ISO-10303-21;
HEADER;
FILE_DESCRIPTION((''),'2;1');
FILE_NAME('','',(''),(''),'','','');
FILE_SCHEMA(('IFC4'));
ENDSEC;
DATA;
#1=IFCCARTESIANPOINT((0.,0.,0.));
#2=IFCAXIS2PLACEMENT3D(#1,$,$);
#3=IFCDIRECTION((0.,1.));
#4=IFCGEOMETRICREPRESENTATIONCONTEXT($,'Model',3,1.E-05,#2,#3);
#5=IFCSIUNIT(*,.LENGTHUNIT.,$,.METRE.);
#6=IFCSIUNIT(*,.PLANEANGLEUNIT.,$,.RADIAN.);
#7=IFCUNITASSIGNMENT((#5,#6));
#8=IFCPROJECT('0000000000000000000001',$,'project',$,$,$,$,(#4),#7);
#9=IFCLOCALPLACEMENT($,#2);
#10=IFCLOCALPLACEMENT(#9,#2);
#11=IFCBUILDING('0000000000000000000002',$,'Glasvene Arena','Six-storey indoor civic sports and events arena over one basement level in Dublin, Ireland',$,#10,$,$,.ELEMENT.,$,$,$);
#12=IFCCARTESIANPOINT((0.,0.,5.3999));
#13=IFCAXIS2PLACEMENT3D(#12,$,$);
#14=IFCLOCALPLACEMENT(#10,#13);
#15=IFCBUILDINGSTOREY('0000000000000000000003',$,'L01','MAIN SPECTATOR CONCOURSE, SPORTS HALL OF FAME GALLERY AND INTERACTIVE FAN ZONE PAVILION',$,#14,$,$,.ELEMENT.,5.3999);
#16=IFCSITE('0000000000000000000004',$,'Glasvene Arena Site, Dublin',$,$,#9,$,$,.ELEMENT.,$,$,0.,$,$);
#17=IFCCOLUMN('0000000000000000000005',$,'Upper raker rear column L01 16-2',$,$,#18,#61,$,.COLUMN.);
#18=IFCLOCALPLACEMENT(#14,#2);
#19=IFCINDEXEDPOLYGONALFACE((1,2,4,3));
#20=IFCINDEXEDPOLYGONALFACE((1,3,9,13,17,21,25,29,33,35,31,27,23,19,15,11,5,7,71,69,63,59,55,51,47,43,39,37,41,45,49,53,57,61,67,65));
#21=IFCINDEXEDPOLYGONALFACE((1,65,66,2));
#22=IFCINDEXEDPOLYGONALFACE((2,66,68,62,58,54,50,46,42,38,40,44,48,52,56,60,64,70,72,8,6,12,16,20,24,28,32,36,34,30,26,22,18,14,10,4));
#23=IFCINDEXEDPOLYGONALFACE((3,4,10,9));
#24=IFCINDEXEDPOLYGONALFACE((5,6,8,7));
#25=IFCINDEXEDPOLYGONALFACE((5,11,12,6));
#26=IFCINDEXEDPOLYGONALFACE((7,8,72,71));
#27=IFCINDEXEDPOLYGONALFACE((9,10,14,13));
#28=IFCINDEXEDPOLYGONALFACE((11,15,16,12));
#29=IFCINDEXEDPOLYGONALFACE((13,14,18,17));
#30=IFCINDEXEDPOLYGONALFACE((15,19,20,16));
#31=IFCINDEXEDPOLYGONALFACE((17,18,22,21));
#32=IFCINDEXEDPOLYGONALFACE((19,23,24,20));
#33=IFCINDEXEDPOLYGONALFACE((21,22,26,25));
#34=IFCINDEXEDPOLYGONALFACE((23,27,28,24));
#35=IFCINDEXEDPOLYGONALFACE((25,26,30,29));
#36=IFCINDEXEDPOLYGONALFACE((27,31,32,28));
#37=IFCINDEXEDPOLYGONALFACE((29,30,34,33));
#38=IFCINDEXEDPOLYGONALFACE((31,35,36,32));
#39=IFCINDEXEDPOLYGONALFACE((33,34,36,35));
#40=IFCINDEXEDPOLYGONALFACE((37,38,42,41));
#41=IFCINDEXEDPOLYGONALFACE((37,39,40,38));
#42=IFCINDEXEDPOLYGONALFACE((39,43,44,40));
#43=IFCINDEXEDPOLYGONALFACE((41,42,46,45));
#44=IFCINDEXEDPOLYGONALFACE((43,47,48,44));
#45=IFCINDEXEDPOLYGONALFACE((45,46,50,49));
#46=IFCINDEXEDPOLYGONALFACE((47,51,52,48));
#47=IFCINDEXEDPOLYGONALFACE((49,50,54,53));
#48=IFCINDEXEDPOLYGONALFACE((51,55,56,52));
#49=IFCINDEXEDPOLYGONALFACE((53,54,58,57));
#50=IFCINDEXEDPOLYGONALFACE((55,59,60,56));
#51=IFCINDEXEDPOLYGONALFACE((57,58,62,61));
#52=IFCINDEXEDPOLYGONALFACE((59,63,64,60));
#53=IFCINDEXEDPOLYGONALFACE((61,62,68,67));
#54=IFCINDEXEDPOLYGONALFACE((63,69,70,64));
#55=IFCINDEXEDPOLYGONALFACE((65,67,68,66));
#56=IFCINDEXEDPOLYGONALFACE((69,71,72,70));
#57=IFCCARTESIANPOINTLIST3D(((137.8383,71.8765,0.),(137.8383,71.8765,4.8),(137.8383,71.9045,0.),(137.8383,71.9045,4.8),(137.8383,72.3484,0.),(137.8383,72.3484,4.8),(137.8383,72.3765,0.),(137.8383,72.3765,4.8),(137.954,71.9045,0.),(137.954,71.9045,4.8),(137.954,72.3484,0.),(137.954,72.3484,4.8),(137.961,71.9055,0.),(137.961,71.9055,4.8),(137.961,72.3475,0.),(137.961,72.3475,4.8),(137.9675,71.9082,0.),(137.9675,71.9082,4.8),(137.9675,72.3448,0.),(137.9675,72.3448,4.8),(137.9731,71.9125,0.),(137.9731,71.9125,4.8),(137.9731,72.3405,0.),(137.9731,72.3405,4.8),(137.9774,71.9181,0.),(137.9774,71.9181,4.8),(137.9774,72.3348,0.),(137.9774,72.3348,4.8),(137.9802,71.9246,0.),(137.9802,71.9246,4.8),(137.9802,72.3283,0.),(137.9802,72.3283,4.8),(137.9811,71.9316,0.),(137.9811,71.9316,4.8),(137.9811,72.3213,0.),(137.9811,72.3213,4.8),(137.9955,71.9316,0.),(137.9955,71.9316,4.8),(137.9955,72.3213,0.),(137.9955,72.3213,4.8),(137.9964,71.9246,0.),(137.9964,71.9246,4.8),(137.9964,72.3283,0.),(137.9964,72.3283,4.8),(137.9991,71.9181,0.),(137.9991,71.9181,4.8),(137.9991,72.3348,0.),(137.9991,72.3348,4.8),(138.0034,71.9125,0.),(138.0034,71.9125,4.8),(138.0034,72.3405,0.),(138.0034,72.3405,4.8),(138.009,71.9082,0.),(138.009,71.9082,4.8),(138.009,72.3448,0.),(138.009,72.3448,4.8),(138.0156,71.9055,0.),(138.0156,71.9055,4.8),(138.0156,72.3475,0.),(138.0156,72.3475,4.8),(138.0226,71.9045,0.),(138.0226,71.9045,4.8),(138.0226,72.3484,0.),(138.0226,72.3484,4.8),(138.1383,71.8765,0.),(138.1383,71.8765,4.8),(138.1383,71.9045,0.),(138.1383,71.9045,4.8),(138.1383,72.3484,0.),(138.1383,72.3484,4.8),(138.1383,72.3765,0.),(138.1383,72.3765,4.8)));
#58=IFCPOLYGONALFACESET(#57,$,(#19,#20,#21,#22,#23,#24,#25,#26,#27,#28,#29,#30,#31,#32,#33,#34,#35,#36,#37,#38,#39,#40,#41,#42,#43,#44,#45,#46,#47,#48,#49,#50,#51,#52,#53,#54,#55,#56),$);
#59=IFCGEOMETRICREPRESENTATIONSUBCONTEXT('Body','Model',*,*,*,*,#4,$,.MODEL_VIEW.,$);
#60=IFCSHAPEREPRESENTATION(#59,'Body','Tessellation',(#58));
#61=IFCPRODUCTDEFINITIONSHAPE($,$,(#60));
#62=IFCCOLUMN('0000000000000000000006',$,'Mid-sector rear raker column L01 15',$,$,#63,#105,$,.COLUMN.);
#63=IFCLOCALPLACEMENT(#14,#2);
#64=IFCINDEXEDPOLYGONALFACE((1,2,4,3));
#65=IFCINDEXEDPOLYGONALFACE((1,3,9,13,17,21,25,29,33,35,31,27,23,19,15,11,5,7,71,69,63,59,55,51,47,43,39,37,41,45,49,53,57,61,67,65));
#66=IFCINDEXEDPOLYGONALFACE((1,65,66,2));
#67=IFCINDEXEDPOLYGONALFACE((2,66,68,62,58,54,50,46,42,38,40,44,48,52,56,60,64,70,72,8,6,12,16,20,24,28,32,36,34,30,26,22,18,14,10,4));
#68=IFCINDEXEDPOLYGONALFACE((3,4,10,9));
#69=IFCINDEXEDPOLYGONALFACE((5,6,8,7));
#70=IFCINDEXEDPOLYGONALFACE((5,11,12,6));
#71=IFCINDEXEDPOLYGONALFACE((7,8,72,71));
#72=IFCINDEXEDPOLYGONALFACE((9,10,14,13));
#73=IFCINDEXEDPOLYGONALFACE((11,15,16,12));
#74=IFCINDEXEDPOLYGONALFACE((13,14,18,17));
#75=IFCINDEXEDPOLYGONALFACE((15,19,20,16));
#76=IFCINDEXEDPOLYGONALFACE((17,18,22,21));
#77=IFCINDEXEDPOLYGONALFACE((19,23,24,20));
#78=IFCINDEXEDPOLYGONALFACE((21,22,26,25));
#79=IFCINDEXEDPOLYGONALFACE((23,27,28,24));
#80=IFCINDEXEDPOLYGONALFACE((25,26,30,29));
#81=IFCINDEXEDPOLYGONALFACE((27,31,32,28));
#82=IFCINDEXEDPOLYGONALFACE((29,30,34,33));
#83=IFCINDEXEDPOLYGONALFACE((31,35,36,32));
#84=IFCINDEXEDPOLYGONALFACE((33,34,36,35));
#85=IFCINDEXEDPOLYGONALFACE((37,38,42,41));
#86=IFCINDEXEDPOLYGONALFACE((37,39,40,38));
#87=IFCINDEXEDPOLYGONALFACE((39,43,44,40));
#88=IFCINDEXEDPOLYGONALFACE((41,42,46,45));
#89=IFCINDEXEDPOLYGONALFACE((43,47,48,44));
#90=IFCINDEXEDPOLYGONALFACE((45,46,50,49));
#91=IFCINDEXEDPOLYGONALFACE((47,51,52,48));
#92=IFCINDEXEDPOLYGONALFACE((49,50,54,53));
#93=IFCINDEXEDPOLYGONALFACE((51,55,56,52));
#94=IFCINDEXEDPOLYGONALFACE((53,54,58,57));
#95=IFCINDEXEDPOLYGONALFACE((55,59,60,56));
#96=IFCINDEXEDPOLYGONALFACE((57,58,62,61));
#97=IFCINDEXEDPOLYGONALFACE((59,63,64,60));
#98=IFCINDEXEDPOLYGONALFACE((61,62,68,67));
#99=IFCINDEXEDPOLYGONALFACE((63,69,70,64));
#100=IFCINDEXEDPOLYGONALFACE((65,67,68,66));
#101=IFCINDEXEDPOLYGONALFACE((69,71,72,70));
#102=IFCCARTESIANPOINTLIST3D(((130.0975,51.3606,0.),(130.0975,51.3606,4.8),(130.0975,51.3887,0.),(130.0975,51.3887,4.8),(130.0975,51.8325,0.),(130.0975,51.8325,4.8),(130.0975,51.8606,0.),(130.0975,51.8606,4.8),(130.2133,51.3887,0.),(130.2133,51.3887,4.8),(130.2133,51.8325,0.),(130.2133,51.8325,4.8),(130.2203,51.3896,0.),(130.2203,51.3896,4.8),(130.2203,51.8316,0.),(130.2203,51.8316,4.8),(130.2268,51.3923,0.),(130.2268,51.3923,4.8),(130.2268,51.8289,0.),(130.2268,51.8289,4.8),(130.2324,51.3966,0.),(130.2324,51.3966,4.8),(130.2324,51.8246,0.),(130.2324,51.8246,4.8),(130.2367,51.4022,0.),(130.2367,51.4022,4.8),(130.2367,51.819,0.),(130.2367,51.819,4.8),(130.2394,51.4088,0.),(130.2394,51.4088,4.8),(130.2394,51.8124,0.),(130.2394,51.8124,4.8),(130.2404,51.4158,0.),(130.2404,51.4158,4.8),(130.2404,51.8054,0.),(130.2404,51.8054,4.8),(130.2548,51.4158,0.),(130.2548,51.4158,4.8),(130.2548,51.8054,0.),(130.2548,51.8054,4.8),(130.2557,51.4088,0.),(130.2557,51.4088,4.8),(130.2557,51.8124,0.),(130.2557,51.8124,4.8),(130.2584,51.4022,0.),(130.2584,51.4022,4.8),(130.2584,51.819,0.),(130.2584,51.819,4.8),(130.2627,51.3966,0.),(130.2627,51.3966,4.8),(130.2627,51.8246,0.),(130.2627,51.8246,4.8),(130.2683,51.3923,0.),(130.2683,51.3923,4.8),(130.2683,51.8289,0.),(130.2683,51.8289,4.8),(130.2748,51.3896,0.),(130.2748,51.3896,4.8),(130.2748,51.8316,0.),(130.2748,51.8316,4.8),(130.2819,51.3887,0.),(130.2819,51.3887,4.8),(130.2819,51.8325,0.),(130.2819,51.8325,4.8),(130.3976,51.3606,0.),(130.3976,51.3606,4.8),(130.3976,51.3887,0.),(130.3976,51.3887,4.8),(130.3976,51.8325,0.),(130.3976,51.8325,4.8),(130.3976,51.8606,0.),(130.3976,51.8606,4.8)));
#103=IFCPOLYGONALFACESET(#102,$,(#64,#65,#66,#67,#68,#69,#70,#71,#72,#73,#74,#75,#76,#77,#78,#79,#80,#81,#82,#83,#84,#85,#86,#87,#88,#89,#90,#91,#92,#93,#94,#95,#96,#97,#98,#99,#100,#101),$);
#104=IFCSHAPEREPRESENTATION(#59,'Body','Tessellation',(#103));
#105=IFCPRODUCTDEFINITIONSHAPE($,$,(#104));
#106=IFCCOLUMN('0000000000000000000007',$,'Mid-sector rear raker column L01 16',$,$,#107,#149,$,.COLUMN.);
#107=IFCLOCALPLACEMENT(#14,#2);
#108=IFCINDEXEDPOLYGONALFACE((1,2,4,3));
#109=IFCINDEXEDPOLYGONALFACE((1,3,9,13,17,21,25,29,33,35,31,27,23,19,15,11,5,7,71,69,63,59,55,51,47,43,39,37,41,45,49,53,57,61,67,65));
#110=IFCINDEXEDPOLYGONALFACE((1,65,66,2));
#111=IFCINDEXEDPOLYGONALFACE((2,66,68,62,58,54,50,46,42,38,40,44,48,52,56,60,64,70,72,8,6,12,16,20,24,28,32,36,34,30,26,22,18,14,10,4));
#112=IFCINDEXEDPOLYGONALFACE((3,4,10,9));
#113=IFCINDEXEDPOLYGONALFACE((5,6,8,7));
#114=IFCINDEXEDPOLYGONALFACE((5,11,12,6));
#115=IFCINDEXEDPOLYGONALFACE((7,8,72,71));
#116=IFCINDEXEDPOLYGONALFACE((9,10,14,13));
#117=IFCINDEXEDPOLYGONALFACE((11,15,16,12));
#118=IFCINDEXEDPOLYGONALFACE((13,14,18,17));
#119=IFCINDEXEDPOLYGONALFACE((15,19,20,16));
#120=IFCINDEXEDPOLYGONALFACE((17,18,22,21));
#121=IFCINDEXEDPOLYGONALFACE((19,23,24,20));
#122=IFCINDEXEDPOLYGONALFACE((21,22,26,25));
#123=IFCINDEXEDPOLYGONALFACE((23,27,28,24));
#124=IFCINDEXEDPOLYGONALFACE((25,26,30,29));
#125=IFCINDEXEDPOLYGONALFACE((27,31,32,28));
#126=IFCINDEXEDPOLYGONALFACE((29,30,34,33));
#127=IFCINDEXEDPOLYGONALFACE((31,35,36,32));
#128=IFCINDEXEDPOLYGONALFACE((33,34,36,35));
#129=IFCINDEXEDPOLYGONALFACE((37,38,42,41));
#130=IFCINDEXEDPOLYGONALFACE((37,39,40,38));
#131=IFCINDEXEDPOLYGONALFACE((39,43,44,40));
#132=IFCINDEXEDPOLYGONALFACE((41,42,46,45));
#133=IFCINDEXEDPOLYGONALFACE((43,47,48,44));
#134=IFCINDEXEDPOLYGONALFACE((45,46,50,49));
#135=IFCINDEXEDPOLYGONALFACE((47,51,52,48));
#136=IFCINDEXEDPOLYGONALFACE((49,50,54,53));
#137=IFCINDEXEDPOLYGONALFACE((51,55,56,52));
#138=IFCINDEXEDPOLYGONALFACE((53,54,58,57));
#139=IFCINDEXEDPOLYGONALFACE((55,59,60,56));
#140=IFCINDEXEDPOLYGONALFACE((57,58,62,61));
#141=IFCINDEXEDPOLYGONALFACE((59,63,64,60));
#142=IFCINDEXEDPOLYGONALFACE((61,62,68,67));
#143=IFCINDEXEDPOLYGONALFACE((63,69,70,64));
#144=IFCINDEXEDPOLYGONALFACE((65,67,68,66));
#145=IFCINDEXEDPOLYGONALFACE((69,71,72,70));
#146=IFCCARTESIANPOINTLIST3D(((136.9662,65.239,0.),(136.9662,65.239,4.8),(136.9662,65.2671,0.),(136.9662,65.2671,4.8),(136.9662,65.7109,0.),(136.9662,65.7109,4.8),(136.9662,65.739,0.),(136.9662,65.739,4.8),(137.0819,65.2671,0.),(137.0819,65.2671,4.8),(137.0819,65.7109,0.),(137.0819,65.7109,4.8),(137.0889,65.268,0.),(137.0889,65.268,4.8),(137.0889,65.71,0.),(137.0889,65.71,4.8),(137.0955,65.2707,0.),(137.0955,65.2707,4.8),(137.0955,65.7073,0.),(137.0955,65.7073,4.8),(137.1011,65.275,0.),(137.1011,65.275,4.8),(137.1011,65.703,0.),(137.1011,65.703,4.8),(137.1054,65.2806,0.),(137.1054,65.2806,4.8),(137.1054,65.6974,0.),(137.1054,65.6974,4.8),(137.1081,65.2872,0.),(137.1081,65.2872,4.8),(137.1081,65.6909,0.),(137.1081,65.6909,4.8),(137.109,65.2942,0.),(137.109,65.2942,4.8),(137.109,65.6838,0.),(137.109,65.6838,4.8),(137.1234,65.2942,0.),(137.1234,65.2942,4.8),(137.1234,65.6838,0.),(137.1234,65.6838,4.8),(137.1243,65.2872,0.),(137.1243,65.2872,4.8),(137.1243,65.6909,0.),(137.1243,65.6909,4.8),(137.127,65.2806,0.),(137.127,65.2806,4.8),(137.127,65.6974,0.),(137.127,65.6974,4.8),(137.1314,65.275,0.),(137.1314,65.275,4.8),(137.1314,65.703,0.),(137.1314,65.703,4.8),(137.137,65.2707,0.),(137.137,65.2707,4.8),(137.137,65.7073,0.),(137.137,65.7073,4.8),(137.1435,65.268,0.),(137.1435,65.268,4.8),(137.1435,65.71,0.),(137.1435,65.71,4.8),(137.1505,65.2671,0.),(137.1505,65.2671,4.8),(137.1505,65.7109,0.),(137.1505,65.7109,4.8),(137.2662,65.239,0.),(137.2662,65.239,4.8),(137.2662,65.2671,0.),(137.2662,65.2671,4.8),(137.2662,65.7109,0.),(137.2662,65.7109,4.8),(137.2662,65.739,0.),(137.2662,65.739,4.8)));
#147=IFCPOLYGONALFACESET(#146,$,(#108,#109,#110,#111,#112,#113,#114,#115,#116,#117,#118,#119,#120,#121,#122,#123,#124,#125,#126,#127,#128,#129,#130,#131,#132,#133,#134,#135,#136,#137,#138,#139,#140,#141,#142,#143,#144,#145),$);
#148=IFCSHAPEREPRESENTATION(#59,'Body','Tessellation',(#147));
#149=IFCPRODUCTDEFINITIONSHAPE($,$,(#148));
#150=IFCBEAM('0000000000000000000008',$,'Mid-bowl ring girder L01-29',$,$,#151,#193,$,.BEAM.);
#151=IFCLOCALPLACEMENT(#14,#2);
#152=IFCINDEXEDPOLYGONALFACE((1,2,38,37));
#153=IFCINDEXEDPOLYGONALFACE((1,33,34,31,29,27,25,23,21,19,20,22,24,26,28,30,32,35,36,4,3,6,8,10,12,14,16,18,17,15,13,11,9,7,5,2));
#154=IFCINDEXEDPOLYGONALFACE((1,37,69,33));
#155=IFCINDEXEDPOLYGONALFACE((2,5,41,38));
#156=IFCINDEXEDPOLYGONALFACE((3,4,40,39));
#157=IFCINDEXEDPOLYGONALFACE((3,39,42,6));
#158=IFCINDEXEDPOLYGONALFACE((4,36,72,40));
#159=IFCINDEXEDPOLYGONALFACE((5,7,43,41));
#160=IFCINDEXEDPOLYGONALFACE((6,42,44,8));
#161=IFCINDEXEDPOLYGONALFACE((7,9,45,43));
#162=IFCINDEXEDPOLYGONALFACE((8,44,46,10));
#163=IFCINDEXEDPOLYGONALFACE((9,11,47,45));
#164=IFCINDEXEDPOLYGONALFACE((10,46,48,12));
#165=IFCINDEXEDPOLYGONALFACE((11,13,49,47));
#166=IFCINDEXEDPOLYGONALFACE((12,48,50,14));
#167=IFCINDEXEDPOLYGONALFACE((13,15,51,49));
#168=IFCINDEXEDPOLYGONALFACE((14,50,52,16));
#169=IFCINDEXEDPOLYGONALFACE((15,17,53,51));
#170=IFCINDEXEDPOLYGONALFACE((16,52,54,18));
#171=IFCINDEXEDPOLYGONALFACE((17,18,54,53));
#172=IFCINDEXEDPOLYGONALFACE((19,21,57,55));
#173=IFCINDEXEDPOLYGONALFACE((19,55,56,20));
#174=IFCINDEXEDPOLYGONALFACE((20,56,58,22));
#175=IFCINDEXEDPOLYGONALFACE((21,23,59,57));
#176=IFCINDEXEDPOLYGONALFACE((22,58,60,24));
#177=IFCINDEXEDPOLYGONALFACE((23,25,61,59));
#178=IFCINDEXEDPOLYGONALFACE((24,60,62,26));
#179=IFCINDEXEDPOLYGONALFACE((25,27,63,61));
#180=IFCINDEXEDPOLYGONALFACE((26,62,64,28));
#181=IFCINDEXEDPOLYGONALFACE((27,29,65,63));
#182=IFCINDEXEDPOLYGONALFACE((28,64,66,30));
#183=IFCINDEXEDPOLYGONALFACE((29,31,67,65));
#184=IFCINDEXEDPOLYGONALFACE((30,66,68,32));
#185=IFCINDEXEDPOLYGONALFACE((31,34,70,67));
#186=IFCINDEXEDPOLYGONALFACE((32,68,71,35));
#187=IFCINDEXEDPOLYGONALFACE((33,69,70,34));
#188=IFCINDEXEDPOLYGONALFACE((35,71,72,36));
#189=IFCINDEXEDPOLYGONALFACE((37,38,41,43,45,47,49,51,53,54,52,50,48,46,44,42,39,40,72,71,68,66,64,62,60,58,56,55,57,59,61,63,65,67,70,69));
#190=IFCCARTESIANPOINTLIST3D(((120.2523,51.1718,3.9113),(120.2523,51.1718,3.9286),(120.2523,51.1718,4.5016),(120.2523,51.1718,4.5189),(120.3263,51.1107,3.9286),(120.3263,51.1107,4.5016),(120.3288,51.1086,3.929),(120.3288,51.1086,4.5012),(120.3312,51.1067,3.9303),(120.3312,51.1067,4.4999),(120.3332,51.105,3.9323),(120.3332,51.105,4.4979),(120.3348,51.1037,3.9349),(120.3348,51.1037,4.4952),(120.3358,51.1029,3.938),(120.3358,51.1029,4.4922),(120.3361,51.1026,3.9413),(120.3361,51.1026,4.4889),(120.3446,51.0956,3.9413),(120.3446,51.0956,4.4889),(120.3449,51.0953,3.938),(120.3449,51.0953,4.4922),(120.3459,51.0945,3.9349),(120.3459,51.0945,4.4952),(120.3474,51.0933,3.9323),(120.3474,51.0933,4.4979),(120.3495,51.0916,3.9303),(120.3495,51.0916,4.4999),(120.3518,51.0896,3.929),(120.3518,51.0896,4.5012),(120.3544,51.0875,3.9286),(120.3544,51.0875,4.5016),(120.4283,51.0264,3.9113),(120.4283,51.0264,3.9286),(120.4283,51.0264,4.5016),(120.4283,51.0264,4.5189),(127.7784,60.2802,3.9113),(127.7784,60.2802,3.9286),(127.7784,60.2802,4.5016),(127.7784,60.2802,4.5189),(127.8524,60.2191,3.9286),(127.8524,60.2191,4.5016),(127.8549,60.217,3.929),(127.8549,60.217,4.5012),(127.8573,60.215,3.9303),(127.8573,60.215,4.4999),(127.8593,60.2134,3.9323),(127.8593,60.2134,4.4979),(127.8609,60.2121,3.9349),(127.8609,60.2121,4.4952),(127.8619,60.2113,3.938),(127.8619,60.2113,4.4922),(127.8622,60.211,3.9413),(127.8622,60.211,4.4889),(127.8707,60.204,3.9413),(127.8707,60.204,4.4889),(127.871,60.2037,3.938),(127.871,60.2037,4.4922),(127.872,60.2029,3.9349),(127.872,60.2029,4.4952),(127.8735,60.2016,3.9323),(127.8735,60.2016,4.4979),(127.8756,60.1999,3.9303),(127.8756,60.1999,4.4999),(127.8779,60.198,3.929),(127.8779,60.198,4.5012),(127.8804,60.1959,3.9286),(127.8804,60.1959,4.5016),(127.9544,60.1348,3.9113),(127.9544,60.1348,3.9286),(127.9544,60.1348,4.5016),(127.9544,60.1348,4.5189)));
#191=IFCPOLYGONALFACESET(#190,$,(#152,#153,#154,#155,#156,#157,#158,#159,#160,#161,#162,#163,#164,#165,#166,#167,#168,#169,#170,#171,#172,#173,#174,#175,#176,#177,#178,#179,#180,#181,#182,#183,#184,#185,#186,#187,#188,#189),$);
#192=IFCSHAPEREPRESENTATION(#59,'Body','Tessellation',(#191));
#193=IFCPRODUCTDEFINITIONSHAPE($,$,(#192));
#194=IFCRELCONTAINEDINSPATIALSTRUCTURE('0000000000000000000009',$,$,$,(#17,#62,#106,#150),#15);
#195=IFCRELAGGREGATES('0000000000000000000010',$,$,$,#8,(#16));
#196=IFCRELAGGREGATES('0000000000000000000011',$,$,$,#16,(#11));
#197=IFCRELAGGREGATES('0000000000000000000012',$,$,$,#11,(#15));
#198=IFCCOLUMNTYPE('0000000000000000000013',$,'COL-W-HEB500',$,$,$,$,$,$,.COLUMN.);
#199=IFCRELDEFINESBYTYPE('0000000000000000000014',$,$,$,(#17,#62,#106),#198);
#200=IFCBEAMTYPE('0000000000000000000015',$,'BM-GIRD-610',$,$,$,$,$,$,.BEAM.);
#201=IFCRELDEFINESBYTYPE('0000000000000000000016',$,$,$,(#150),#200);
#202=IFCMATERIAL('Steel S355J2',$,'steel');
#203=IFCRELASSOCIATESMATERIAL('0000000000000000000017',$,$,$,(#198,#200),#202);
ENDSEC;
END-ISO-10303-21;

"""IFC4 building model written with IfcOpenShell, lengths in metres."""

from ifc_helpers import new_model, si_unit, direction, frame, origin, origin_2d, place, context, subcontext, project, spatial, i_section, extrude, material, material_profile, profile_set, type_object, element, save


model = new_model("IFC4")

# Units and contexts
model_context = context("Model", 3, precision=1e-05, world=origin(), true_north=direction((0.0, 1.0)))
body_context = subcontext(model_context, "Body", "Model", "MODEL_VIEW")
ifc_project = project(units=[si_unit("LENGTHUNIT", "METRE"), si_unit("PLANEANGLEUNIT", "RADIAN")], contexts=[model_context])

# Site, building, storey
site_placement = place(None, origin())
site = spatial("IfcSite", under=ifc_project, at=site_placement, Name="Glasvene Arena Site, Dublin", CompositionType="ELEMENT", RefElevation=0.0)
building_placement = place(site_placement, origin())
building = spatial("IfcBuilding", under=site, at=building_placement, Name="Glasvene Arena", Description="Six-storey indoor civic sports and events arena over one basement level in Dublin, Ireland", CompositionType="ELEMENT")
storey_placement = place(building_placement, frame((0.0, 0.0, 5.3999)))
storey = spatial("IfcBuildingStorey", under=building, at=storey_placement, Name="L01", Description="MAIN SPECTATOR CONCOURSE, SPORTS HALL OF FAME GALLERY AND INTERACTIVE FAN ZONE PAVILION", CompositionType="ELEMENT", Elevation=5.3999)

# Columns
ifc_material_1 = material(Name="Steel S355J2", Category="steel")
ifc_material_profile_1 = material_profile(ifc_material_1, i_section(OverallWidth=0.3, OverallDepth=0.5, WebThickness=0.0144, FlangeThickness=0.0281, FilletRadius=0.0271, at=origin_2d()), Name="HEB 500")
ifc_profile_set_1 = profile_set([ifc_material_profile_1], Name="Steel S355J2")
column_type_1 = type_object("IfcColumnType", Name="COL-W-HEB500", PredefinedType="COLUMN", material=ifc_profile_set_1)
for number, where, z_axis, x_axis, name in (
    (1, (137.9883, 72.1265, 0.0), (0.0, 0.0, 1.0), (1.0, 0.0, 0.0), "Upper raker rear column L01 16-2"),
    (2, (130.2476, 51.6106, 0.0), (0.0, 0.0, 1.0), (1.0, 0.0, 0.0), "Mid-sector rear raker column L01 15"),
    (3, (137.1162, 65.489, 0.0), (0.0, 0.0, 1.0), (1.0, 0.0, 0.0), "Mid-sector rear raker column L01 16"),
):
    element("IfcColumn", number, at=place(storey_placement, frame(where, z_axis=z_axis, x_axis=x_axis)), inside=storey, type_object=column_type_1, Name=name, PredefinedType="COLUMN", context=body_context, shape_type="SweptSolid", body=[
        extrude(i_section(OverallWidth=0.3, OverallDepth=0.5, WebThickness=0.0144, FlangeThickness=0.0281, FilletRadius=0.0271, at=origin_2d()), origin(), (0.0, 0.0, 1.0), 4.8),
    ])

# Beam
ifc_material_profile_2 = material_profile(ifc_material_1, i_section(OverallWidth=0.2283, OverallDepth=0.6077, WebThickness=0.011, FlangeThickness=0.0173, FilletRadius=0.0127, at=origin_2d()), Name="UKB 610x229x113")
ifc_profile_set_2 = profile_set([ifc_material_profile_2], Name="Steel S355J2")
beam_type_1 = type_object("IfcBeamType", Name="BM-GIRD-610", PredefinedType="BEAM", material=ifc_profile_set_2)
beam_1_placement = place(storey_placement, frame((120.3403, 51.0991, 4.2151), z_axis=(0.636972, 0.770887, 0.0), x_axis=(-0.770887, 0.636972, 0.0)))
element("IfcBeam", 4, at=beam_1_placement, inside=storey, type_object=beam_type_1, Name="Mid-bowl ring girder L01-29", PredefinedType="BEAM", context=body_context, shape_type="SweptSolid", body=[
    extrude(i_section(OverallWidth=0.2283, OverallDepth=0.6077, WebThickness=0.011, FlangeThickness=0.0173, FilletRadius=0.0127, at=origin_2d()), origin(), (0.0, 0.0, 1.0), 11.8154),
])

save(model, "model.ifc")
